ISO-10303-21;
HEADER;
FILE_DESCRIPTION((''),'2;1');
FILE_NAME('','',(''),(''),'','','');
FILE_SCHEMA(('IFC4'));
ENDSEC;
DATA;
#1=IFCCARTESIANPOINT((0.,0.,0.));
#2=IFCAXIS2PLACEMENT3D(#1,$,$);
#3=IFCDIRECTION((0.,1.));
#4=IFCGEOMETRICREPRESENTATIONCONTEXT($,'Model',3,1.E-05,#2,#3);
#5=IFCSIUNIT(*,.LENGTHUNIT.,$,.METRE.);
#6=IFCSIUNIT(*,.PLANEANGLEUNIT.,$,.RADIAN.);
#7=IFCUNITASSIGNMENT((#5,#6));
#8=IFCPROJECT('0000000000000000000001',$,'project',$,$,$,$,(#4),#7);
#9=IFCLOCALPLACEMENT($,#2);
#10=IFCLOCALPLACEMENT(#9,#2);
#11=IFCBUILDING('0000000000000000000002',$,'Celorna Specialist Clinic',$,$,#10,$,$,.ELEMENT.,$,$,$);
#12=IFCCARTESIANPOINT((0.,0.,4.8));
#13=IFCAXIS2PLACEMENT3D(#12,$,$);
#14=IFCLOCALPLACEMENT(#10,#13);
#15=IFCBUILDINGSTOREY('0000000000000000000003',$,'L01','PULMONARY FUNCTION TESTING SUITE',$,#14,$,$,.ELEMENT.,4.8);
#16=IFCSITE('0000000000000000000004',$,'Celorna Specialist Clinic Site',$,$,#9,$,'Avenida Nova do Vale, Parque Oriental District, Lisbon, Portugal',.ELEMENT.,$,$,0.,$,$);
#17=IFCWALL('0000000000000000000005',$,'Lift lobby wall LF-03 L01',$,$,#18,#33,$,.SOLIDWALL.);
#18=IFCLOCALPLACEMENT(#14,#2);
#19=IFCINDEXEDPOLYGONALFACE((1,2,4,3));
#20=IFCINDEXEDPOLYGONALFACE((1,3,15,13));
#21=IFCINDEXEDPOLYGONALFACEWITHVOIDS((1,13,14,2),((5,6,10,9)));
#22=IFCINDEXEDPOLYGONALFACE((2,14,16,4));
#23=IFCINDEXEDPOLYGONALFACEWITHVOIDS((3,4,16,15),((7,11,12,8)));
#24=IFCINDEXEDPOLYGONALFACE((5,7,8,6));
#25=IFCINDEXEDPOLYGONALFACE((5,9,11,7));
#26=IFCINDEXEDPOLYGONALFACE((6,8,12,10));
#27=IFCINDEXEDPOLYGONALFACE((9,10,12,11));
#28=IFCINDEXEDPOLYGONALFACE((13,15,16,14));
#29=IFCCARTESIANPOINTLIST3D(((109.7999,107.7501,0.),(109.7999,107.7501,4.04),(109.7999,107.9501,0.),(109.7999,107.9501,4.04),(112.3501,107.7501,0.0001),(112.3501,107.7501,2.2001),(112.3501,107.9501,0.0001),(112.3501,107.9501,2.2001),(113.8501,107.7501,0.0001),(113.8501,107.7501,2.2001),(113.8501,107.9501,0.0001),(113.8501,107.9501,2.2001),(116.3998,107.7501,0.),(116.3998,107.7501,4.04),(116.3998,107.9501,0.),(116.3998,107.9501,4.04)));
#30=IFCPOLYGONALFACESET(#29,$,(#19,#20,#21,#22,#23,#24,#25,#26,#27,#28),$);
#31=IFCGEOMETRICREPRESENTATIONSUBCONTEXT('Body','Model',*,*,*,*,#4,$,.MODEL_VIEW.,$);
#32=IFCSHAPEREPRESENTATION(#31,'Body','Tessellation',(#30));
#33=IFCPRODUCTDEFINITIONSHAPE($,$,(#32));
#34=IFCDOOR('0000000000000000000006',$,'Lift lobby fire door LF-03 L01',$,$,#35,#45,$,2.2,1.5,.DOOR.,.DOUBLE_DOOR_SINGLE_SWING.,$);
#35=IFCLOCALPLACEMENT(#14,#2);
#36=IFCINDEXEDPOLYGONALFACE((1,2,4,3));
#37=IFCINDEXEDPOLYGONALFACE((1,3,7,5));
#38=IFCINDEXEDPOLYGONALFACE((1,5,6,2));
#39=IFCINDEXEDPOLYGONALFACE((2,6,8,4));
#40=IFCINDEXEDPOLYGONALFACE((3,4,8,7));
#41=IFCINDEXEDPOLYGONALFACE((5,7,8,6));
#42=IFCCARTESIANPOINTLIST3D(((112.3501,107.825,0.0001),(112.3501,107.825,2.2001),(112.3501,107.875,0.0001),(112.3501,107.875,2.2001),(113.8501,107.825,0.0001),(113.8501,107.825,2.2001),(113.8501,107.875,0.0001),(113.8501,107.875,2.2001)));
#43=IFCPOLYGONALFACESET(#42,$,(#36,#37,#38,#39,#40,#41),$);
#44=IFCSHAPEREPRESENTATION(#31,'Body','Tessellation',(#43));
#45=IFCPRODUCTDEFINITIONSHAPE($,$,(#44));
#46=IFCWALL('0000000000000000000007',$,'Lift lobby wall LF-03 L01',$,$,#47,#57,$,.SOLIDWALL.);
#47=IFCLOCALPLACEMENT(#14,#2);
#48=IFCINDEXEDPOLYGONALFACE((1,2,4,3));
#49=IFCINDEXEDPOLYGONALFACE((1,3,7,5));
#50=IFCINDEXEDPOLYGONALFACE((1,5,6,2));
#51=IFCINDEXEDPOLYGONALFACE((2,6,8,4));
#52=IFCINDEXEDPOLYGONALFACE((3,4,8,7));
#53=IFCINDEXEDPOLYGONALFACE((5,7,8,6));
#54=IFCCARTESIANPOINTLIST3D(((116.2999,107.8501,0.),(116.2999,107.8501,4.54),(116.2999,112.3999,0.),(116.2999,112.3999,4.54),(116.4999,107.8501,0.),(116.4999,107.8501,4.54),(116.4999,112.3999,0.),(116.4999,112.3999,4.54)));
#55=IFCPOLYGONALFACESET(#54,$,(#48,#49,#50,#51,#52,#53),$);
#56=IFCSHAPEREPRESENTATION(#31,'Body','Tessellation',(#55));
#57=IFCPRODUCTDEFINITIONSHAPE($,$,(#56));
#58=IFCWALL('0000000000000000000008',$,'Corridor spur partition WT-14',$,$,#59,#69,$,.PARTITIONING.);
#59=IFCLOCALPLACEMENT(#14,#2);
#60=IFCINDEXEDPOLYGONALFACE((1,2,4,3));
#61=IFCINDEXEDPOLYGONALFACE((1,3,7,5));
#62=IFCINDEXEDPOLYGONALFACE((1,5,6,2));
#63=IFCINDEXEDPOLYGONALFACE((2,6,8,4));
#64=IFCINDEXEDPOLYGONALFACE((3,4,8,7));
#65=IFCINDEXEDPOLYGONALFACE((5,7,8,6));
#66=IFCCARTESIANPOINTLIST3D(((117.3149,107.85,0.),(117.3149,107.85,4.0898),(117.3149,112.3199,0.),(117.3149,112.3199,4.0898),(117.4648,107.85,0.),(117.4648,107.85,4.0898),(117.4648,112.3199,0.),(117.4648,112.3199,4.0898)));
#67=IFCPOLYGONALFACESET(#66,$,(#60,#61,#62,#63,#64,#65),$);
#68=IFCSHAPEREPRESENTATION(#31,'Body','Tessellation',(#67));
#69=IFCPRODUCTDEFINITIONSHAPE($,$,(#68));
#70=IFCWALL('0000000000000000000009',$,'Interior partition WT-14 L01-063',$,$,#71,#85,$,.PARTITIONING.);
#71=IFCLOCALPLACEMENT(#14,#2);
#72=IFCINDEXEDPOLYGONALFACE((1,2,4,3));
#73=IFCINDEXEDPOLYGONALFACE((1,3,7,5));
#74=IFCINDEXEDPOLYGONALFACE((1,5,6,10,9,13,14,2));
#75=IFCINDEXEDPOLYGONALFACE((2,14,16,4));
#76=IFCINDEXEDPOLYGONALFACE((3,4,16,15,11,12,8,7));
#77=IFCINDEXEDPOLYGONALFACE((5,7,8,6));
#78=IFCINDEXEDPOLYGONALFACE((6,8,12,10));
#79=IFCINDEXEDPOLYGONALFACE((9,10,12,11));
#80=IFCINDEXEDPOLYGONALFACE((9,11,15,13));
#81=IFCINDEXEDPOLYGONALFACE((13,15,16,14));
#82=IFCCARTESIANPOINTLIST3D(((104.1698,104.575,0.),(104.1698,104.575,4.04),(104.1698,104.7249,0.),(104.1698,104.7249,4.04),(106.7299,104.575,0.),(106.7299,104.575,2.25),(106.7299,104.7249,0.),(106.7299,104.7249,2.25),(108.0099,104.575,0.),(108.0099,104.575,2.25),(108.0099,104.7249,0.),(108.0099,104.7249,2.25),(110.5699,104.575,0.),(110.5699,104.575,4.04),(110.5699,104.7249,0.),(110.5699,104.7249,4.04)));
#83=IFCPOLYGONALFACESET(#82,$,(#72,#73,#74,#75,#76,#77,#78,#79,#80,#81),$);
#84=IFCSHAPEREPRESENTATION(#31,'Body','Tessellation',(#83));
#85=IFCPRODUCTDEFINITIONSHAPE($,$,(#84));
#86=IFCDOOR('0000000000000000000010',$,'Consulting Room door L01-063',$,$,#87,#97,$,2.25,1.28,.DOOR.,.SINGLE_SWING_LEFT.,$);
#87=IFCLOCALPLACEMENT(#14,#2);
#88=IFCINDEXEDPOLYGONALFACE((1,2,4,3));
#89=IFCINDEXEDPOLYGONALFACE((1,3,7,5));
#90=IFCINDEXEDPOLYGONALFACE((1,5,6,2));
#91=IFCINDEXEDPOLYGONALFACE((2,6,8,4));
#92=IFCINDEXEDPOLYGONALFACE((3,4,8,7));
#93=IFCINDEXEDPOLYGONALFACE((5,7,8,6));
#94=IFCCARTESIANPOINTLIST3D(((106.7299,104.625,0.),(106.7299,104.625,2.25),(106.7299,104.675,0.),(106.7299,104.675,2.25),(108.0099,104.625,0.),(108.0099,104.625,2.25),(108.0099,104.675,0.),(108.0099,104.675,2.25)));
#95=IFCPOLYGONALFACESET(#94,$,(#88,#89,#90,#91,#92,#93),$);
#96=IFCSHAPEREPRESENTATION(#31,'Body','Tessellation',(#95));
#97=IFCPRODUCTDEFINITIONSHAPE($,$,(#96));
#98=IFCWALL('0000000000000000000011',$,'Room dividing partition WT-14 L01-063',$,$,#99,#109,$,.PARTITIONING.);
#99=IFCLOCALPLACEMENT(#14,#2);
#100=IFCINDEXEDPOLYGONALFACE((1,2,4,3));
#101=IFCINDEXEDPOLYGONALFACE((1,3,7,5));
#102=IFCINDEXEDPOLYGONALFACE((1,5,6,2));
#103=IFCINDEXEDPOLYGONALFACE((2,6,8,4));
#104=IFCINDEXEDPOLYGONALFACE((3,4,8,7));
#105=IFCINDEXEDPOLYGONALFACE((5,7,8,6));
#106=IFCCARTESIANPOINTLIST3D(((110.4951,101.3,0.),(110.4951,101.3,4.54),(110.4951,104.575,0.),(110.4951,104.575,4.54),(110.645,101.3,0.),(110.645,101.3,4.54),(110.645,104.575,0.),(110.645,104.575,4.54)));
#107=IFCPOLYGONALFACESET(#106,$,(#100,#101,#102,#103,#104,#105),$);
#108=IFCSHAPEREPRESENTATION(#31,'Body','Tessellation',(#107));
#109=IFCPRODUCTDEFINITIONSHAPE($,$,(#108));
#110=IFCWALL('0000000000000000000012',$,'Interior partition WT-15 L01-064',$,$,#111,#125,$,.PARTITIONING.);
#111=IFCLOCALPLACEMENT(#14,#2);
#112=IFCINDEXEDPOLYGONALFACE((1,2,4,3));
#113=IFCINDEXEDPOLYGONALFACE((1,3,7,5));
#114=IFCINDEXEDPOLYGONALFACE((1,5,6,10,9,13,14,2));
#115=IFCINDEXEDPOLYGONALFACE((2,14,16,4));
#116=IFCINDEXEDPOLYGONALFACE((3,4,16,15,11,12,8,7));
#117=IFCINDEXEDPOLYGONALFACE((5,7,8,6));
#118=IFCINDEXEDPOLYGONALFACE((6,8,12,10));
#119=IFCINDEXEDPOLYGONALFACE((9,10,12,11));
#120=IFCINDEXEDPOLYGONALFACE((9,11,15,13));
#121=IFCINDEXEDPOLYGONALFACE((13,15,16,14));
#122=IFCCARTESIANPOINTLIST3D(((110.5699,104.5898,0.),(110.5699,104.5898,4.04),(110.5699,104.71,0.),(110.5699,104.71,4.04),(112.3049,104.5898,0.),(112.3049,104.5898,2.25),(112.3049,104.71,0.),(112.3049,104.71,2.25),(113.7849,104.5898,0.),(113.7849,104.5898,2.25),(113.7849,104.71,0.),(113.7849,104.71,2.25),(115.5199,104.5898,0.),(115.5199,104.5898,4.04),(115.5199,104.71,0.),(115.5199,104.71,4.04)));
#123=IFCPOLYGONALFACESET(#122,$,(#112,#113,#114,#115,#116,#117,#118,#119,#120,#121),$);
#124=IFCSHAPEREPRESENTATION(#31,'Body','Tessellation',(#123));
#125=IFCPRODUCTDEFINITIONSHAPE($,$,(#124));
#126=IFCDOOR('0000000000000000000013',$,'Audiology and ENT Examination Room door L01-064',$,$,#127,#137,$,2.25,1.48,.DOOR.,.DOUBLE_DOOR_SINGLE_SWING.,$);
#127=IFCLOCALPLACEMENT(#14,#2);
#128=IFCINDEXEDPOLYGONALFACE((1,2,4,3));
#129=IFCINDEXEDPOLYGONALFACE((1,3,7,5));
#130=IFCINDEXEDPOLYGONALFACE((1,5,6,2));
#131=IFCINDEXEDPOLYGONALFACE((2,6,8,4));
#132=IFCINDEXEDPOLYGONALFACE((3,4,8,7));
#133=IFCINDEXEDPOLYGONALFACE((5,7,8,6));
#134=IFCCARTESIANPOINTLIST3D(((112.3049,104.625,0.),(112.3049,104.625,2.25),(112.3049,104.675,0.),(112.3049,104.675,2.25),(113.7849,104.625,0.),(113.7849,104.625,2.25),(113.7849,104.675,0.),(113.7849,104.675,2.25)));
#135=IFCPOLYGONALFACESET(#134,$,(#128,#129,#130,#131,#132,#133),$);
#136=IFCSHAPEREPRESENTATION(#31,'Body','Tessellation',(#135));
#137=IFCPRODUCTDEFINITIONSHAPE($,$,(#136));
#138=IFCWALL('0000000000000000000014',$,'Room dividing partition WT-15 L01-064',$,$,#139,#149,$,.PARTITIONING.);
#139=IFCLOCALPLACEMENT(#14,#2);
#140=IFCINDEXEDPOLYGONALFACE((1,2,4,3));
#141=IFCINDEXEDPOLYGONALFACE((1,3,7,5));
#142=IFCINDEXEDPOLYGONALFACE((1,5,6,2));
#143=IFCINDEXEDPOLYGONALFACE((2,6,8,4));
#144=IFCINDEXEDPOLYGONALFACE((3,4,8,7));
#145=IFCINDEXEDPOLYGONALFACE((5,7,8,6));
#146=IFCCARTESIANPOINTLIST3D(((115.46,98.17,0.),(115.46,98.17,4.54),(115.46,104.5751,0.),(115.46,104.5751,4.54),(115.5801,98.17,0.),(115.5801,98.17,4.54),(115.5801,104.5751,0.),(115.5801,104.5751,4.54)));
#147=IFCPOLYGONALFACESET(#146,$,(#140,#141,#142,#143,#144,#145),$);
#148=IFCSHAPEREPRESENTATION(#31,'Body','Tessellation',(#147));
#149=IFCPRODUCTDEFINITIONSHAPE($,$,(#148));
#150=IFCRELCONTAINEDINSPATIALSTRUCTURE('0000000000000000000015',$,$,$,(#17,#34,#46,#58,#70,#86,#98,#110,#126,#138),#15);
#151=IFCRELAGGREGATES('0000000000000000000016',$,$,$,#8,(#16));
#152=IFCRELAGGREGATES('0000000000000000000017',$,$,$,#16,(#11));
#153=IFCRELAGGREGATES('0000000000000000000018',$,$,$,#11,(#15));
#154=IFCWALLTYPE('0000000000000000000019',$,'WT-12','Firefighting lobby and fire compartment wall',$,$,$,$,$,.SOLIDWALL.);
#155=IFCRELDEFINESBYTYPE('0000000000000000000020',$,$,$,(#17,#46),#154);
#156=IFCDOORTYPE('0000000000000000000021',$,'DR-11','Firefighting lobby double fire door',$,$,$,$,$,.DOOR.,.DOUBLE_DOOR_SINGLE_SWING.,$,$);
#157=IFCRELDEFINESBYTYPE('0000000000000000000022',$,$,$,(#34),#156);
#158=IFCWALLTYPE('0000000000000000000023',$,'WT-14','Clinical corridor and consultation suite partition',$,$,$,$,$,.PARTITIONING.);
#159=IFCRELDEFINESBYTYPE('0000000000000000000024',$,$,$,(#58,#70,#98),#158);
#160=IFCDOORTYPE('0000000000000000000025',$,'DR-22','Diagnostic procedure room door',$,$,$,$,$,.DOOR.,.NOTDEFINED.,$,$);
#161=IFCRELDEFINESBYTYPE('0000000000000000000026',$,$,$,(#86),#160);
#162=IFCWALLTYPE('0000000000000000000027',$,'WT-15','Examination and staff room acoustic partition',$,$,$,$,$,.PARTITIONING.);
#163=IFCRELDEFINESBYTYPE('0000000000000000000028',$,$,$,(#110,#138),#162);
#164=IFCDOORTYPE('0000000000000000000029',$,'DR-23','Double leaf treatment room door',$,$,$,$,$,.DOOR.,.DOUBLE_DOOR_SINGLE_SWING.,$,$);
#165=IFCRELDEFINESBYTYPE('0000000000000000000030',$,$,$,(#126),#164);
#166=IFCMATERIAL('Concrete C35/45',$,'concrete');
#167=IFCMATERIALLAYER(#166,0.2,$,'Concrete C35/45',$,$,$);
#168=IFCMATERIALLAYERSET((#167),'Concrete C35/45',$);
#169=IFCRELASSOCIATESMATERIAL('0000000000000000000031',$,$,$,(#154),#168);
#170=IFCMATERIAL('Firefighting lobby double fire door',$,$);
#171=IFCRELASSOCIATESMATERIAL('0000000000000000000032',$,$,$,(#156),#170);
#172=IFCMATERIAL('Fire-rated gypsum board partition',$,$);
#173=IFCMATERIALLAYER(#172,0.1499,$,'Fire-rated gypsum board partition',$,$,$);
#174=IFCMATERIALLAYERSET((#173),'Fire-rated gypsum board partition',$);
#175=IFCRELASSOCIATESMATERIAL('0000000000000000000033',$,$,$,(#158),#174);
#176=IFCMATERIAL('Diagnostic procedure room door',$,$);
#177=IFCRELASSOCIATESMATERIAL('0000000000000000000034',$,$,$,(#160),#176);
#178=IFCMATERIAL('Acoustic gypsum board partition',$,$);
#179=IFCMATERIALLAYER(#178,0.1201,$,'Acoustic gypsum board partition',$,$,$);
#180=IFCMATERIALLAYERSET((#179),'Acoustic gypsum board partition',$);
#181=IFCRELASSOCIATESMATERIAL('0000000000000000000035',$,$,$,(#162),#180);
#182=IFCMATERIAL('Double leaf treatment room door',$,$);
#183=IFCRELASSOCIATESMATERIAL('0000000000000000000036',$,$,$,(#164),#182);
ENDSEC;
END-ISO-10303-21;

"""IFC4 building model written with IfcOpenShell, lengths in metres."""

from ifc_helpers import new_model, si_unit, direction, frame, frame_2d, origin, place, context, subcontext, project, spatial, rectangle, extrude, material, layer, layer_set, type_object, element, fill, save


model = new_model("IFC4")

# Units and contexts
model_context = context("Model", 3, precision=1e-05, world=origin(), true_north=direction((0.0, 1.0)))
body_context = subcontext(model_context, "Body", "Model", "MODEL_VIEW")
ifc_project = project(units=[si_unit("LENGTHUNIT", "METRE"), si_unit("PLANEANGLEUNIT", "RADIAN")], contexts=[model_context])

# Site, building, storey
site_placement = place(None, origin())
site = spatial("IfcSite", under=ifc_project, at=site_placement, Name="Celorna Specialist Clinic Site", LongName="Avenida Nova do Vale, Parque Oriental District, Lisbon, Portugal", CompositionType="ELEMENT", RefElevation=0.0)
building_placement = place(site_placement, origin())
building = spatial("IfcBuilding", under=site, at=building_placement, Name="Celorna Specialist Clinic", CompositionType="ELEMENT")
storey_placement = place(building_placement, frame((0.0, 0.0, 4.8)))
storey = spatial("IfcBuildingStorey", under=building, at=storey_placement, Name="L01", Description="PULMONARY FUNCTION TESTING SUITE", CompositionType="ELEMENT", Elevation=4.8)

# Wall, opening, door
ifc_material_1 = material(Name="Concrete C35/45", Category="concrete")
ifc_layer_1 = layer(ifc_material_1, 0.2, Name="Concrete C35/45")
ifc_layer_set_1 = layer_set([ifc_layer_1], Name="Concrete C35/45")
wall_type_1 = type_object("IfcWallType", Name="WT-12", Description="Firefighting lobby and fire compartment wall", PredefinedType="SOLIDWALL", material=ifc_layer_set_1)
wall_1_placement = place(storey_placement, frame((109.8, 107.8501, 0.0), z_axis=(0.0, 0.0, 1.0), x_axis=(1.0, 0.0, 0.0)))
wall_1 = element("IfcWall", 1, at=wall_1_placement, inside=storey, type_object=wall_type_1, Name="Lift lobby wall LF-03 L01", PredefinedType="SOLIDWALL", context=body_context, shape_type="SweptSolid", body=[
    extrude(rectangle(XDim=6.5999, YDim=0.2, at=frame_2d((3.2998, 0.0))), origin(), (0.0, 0.0, 1.0), 4.04),
])
opening_1_placement = place(wall_1_placement, frame((2.55, 0.0, 0.0)))
opening_1 = element("IfcOpeningElement", 2, at=opening_1_placement, cuts=wall_1, PredefinedType="OPENING", context=body_context, shape_type="SweptSolid", body=[
    extrude(rectangle(XDim=1.5, YDim=2.2, at=frame_2d((0.75, 1.1001))), frame((0.0, 0.1099, 0.0), z_axis=(0.0, -1.0, 0.0), x_axis=(1.0, 0.0, 0.0)), (0.0, 0.0, 1.0), 0.22),
])
ifc_material_2 = material(Name="Firefighting lobby double fire door")
door_type_1 = type_object("IfcDoorType", Name="DR-11", Description="Firefighting lobby double fire door", OperationType="DOUBLE_DOOR_SINGLE_SWING", PredefinedType="DOOR", material=ifc_material_2)
door_1_placement = place(opening_1_placement, origin())
door_1 = element("IfcDoor", 3, at=door_1_placement, inside=storey, type_object=door_type_1, Name="Lift lobby fire door LF-03 L01", OperationType="DOUBLE_DOOR_SINGLE_SWING", OverallHeight=2.2, OverallWidth=1.5, PredefinedType="DOOR", context=body_context, shape_type="SweptSolid", body=[
    extrude(rectangle(XDim=1.5, YDim=2.2, at=frame_2d((0.75, 1.1001))), frame((0.0, 0.0249, 0.0), z_axis=(0.0, -1.0, 0.0), x_axis=(1.0, 0.0, 0.0)), (0.0, 0.0, 1.0), 0.05),
])
fill(opening_1, door_1)

# Walls
wall_2_placement = place(storey_placement, frame((116.3999, 107.8501, 0.0), z_axis=(0.0, 0.0, 1.0), x_axis=(0.0, 1.0, 0.0)))
element("IfcWall", 4, at=wall_2_placement, inside=storey, type_object=wall_type_1, Name="Lift lobby wall LF-03 L01", PredefinedType="SOLIDWALL", context=body_context, shape_type="SweptSolid", body=[
    extrude(rectangle(XDim=4.5498, YDim=0.2, at=frame_2d((2.2749, 0.0))), origin(), (0.0, 0.0, 1.0), 4.54),
])
ifc_material_3 = material(Name="Fire-rated gypsum board partition")
ifc_layer_2 = layer(ifc_material_3, 0.1499, Name="Fire-rated gypsum board partition")
ifc_layer_set_2 = layer_set([ifc_layer_2], Name="Fire-rated gypsum board partition")
wall_type_2 = type_object("IfcWallType", Name="WT-14", Description="Clinical corridor and consultation suite partition", PredefinedType="PARTITIONING", material=ifc_layer_set_2)
wall_3_placement = place(storey_placement, frame((117.3899, 107.8501, 0.0), z_axis=(0.0, 0.0, 1.0), x_axis=(0.0, 1.0, 0.0)))
element("IfcWall", 5, at=wall_3_placement, inside=storey, type_object=wall_type_2, Name="Corridor spur partition WT-14", PredefinedType="PARTITIONING", context=body_context, shape_type="SweptSolid", body=[
    extrude(rectangle(XDim=4.47, YDim=0.1499, at=frame_2d((2.2349, 0.0))), origin(), (0.0, 0.0, 1.0), 4.0898),
])

# Wall, opening, door
wall_4_placement = place(storey_placement, frame((110.5701, 104.6499, 0.0), z_axis=(0.0, 0.0, 1.0), x_axis=(-1.0, 0.0, 0.0)))
wall_4 = element("IfcWall", 6, at=wall_4_placement, inside=storey, type_object=wall_type_2, Name="Interior partition WT-14 L01-063", PredefinedType="PARTITIONING", context=body_context, shape_type="SweptSolid", body=[
    extrude(rectangle(XDim=6.4001, YDim=0.1499, at=frame_2d((3.2002, 0.0))), origin(), (0.0, 0.0, 1.0), 4.04),
])
opening_2_placement = place(wall_4_placement, frame((2.5601, 0.0, 0.0)))
opening_2 = element("IfcOpeningElement", 7, at=opening_2_placement, cuts=wall_4, PredefinedType="OPENING", context=body_context, shape_type="SweptSolid", body=[
    extrude(rectangle(XDim=1.28, YDim=2.25, at=frame_2d((0.6401, 1.125))), frame((0.0, 0.085, 0.0), z_axis=(0.0, -1.0, 0.0), x_axis=(1.0, 0.0, 0.0)), (0.0, 0.0, 1.0), 0.1699),
])
ifc_material_4 = material(Name="Diagnostic procedure room door")
door_type_2 = type_object("IfcDoorType", Name="DR-22", Description="Diagnostic procedure room door", OperationType="NOTDEFINED", PredefinedType="DOOR", material=ifc_material_4)
door_2_placement = place(opening_2_placement, origin())
door_2 = element("IfcDoor", 8, at=door_2_placement, inside=storey, type_object=door_type_2, Name="Consulting Room door L01-063", OperationType="SINGLE_SWING_LEFT", OverallHeight=2.25, OverallWidth=1.28, PredefinedType="DOOR", context=body_context, shape_type="SweptSolid", body=[
    extrude(rectangle(XDim=1.28, YDim=2.25, at=frame_2d((0.6401, 1.125))), frame((0.0, 0.0249, 0.0), z_axis=(0.0, -1.0, 0.0), x_axis=(1.0, 0.0, 0.0)), (0.0, 0.0, 1.0), 0.05),
])
fill(opening_2, door_2)

# Wall
wall_5_placement = place(storey_placement, frame((110.5701, 101.3, 0.0), z_axis=(0.0, 0.0, 1.0), x_axis=(0.0, 1.0, 0.0)))
element("IfcWall", 9, at=wall_5_placement, inside=storey, type_object=wall_type_2, Name="Room dividing partition WT-14 L01-063", PredefinedType="PARTITIONING", context=body_context, shape_type="SweptSolid", body=[
    extrude(rectangle(XDim=3.2749, YDim=0.1499, at=frame_2d((1.6375, 0.0))), origin(), (0.0, 0.0, 1.0), 4.54),
])

# Wall, opening, door
ifc_material_5 = material(Name="Acoustic gypsum board partition")
ifc_layer_3 = layer(ifc_material_5, 0.1201, Name="Acoustic gypsum board partition")
ifc_layer_set_3 = layer_set([ifc_layer_3], Name="Acoustic gypsum board partition")
wall_type_3 = type_object("IfcWallType", Name="WT-15", Description="Examination and staff room acoustic partition", PredefinedType="PARTITIONING", material=ifc_layer_set_3)
wall_6_placement = place(storey_placement, frame((115.52, 104.6499, 0.0), z_axis=(0.0, 0.0, 1.0), x_axis=(-1.0, 0.0, 0.0)))
wall_6 = element("IfcWall", 10, at=wall_6_placement, inside=storey, type_object=wall_type_3, Name="Interior partition WT-15 L01-064", PredefinedType="PARTITIONING", context=body_context, shape_type="SweptSolid", body=[
    extrude(rectangle(XDim=4.95, YDim=0.1201, at=frame_2d((2.4751, 0.0))), origin(), (0.0, 0.0, 1.0), 4.04),
])
opening_3_placement = place(wall_6_placement, frame((1.7351, 0.0, 0.0)))
opening_3 = element("IfcOpeningElement", 11, at=opening_3_placement, cuts=wall_6, PredefinedType="OPENING", context=body_context, shape_type="SweptSolid", body=[
    extrude(rectangle(XDim=1.48, YDim=2.25, at=frame_2d((0.74, 1.125))), frame((0.0, 0.0701, 0.0), z_axis=(0.0, -1.0, 0.0), x_axis=(1.0, 0.0, 0.0)), (0.0, 0.0, 1.0), 0.1401),
])
ifc_material_6 = material(Name="Double leaf treatment room door")
door_type_3 = type_object("IfcDoorType", Name="DR-23", Description="Double leaf treatment room door", OperationType="DOUBLE_DOOR_SINGLE_SWING", PredefinedType="DOOR", material=ifc_material_6)
door_3_placement = place(opening_3_placement, origin())
door_3 = element("IfcDoor", 12, at=door_3_placement, inside=storey, type_object=door_type_3, Name="Audiology and ENT Examination Room door L01-064", OperationType="DOUBLE_DOOR_SINGLE_SWING", OverallHeight=2.25, OverallWidth=1.48, PredefinedType="DOOR", context=body_context, shape_type="SweptSolid", body=[
    extrude(rectangle(XDim=1.48, YDim=2.25, at=frame_2d((0.74, 1.125))), frame((0.0, 0.0249, 0.0), z_axis=(0.0, -1.0, 0.0), x_axis=(1.0, 0.0, 0.0)), (0.0, 0.0, 1.0), 0.05),
])
fill(opening_3, door_3)

# Wall
wall_7_placement = place(storey_placement, frame((115.52, 98.1699, 0.0), z_axis=(0.0, 0.0, 1.0), x_axis=(0.0, 1.0, 0.0)))
element("IfcWall", 13, at=wall_7_placement, inside=storey, type_object=wall_type_3, Name="Room dividing partition WT-15 L01-064", PredefinedType="PARTITIONING", context=body_context, shape_type="SweptSolid", body=[
    extrude(rectangle(XDim=6.405, YDim=0.1201, at=frame_2d((3.2026, 0.0))), origin(), (0.0, 0.0, 1.0), 4.54),
])

save(model, "model.ifc")
